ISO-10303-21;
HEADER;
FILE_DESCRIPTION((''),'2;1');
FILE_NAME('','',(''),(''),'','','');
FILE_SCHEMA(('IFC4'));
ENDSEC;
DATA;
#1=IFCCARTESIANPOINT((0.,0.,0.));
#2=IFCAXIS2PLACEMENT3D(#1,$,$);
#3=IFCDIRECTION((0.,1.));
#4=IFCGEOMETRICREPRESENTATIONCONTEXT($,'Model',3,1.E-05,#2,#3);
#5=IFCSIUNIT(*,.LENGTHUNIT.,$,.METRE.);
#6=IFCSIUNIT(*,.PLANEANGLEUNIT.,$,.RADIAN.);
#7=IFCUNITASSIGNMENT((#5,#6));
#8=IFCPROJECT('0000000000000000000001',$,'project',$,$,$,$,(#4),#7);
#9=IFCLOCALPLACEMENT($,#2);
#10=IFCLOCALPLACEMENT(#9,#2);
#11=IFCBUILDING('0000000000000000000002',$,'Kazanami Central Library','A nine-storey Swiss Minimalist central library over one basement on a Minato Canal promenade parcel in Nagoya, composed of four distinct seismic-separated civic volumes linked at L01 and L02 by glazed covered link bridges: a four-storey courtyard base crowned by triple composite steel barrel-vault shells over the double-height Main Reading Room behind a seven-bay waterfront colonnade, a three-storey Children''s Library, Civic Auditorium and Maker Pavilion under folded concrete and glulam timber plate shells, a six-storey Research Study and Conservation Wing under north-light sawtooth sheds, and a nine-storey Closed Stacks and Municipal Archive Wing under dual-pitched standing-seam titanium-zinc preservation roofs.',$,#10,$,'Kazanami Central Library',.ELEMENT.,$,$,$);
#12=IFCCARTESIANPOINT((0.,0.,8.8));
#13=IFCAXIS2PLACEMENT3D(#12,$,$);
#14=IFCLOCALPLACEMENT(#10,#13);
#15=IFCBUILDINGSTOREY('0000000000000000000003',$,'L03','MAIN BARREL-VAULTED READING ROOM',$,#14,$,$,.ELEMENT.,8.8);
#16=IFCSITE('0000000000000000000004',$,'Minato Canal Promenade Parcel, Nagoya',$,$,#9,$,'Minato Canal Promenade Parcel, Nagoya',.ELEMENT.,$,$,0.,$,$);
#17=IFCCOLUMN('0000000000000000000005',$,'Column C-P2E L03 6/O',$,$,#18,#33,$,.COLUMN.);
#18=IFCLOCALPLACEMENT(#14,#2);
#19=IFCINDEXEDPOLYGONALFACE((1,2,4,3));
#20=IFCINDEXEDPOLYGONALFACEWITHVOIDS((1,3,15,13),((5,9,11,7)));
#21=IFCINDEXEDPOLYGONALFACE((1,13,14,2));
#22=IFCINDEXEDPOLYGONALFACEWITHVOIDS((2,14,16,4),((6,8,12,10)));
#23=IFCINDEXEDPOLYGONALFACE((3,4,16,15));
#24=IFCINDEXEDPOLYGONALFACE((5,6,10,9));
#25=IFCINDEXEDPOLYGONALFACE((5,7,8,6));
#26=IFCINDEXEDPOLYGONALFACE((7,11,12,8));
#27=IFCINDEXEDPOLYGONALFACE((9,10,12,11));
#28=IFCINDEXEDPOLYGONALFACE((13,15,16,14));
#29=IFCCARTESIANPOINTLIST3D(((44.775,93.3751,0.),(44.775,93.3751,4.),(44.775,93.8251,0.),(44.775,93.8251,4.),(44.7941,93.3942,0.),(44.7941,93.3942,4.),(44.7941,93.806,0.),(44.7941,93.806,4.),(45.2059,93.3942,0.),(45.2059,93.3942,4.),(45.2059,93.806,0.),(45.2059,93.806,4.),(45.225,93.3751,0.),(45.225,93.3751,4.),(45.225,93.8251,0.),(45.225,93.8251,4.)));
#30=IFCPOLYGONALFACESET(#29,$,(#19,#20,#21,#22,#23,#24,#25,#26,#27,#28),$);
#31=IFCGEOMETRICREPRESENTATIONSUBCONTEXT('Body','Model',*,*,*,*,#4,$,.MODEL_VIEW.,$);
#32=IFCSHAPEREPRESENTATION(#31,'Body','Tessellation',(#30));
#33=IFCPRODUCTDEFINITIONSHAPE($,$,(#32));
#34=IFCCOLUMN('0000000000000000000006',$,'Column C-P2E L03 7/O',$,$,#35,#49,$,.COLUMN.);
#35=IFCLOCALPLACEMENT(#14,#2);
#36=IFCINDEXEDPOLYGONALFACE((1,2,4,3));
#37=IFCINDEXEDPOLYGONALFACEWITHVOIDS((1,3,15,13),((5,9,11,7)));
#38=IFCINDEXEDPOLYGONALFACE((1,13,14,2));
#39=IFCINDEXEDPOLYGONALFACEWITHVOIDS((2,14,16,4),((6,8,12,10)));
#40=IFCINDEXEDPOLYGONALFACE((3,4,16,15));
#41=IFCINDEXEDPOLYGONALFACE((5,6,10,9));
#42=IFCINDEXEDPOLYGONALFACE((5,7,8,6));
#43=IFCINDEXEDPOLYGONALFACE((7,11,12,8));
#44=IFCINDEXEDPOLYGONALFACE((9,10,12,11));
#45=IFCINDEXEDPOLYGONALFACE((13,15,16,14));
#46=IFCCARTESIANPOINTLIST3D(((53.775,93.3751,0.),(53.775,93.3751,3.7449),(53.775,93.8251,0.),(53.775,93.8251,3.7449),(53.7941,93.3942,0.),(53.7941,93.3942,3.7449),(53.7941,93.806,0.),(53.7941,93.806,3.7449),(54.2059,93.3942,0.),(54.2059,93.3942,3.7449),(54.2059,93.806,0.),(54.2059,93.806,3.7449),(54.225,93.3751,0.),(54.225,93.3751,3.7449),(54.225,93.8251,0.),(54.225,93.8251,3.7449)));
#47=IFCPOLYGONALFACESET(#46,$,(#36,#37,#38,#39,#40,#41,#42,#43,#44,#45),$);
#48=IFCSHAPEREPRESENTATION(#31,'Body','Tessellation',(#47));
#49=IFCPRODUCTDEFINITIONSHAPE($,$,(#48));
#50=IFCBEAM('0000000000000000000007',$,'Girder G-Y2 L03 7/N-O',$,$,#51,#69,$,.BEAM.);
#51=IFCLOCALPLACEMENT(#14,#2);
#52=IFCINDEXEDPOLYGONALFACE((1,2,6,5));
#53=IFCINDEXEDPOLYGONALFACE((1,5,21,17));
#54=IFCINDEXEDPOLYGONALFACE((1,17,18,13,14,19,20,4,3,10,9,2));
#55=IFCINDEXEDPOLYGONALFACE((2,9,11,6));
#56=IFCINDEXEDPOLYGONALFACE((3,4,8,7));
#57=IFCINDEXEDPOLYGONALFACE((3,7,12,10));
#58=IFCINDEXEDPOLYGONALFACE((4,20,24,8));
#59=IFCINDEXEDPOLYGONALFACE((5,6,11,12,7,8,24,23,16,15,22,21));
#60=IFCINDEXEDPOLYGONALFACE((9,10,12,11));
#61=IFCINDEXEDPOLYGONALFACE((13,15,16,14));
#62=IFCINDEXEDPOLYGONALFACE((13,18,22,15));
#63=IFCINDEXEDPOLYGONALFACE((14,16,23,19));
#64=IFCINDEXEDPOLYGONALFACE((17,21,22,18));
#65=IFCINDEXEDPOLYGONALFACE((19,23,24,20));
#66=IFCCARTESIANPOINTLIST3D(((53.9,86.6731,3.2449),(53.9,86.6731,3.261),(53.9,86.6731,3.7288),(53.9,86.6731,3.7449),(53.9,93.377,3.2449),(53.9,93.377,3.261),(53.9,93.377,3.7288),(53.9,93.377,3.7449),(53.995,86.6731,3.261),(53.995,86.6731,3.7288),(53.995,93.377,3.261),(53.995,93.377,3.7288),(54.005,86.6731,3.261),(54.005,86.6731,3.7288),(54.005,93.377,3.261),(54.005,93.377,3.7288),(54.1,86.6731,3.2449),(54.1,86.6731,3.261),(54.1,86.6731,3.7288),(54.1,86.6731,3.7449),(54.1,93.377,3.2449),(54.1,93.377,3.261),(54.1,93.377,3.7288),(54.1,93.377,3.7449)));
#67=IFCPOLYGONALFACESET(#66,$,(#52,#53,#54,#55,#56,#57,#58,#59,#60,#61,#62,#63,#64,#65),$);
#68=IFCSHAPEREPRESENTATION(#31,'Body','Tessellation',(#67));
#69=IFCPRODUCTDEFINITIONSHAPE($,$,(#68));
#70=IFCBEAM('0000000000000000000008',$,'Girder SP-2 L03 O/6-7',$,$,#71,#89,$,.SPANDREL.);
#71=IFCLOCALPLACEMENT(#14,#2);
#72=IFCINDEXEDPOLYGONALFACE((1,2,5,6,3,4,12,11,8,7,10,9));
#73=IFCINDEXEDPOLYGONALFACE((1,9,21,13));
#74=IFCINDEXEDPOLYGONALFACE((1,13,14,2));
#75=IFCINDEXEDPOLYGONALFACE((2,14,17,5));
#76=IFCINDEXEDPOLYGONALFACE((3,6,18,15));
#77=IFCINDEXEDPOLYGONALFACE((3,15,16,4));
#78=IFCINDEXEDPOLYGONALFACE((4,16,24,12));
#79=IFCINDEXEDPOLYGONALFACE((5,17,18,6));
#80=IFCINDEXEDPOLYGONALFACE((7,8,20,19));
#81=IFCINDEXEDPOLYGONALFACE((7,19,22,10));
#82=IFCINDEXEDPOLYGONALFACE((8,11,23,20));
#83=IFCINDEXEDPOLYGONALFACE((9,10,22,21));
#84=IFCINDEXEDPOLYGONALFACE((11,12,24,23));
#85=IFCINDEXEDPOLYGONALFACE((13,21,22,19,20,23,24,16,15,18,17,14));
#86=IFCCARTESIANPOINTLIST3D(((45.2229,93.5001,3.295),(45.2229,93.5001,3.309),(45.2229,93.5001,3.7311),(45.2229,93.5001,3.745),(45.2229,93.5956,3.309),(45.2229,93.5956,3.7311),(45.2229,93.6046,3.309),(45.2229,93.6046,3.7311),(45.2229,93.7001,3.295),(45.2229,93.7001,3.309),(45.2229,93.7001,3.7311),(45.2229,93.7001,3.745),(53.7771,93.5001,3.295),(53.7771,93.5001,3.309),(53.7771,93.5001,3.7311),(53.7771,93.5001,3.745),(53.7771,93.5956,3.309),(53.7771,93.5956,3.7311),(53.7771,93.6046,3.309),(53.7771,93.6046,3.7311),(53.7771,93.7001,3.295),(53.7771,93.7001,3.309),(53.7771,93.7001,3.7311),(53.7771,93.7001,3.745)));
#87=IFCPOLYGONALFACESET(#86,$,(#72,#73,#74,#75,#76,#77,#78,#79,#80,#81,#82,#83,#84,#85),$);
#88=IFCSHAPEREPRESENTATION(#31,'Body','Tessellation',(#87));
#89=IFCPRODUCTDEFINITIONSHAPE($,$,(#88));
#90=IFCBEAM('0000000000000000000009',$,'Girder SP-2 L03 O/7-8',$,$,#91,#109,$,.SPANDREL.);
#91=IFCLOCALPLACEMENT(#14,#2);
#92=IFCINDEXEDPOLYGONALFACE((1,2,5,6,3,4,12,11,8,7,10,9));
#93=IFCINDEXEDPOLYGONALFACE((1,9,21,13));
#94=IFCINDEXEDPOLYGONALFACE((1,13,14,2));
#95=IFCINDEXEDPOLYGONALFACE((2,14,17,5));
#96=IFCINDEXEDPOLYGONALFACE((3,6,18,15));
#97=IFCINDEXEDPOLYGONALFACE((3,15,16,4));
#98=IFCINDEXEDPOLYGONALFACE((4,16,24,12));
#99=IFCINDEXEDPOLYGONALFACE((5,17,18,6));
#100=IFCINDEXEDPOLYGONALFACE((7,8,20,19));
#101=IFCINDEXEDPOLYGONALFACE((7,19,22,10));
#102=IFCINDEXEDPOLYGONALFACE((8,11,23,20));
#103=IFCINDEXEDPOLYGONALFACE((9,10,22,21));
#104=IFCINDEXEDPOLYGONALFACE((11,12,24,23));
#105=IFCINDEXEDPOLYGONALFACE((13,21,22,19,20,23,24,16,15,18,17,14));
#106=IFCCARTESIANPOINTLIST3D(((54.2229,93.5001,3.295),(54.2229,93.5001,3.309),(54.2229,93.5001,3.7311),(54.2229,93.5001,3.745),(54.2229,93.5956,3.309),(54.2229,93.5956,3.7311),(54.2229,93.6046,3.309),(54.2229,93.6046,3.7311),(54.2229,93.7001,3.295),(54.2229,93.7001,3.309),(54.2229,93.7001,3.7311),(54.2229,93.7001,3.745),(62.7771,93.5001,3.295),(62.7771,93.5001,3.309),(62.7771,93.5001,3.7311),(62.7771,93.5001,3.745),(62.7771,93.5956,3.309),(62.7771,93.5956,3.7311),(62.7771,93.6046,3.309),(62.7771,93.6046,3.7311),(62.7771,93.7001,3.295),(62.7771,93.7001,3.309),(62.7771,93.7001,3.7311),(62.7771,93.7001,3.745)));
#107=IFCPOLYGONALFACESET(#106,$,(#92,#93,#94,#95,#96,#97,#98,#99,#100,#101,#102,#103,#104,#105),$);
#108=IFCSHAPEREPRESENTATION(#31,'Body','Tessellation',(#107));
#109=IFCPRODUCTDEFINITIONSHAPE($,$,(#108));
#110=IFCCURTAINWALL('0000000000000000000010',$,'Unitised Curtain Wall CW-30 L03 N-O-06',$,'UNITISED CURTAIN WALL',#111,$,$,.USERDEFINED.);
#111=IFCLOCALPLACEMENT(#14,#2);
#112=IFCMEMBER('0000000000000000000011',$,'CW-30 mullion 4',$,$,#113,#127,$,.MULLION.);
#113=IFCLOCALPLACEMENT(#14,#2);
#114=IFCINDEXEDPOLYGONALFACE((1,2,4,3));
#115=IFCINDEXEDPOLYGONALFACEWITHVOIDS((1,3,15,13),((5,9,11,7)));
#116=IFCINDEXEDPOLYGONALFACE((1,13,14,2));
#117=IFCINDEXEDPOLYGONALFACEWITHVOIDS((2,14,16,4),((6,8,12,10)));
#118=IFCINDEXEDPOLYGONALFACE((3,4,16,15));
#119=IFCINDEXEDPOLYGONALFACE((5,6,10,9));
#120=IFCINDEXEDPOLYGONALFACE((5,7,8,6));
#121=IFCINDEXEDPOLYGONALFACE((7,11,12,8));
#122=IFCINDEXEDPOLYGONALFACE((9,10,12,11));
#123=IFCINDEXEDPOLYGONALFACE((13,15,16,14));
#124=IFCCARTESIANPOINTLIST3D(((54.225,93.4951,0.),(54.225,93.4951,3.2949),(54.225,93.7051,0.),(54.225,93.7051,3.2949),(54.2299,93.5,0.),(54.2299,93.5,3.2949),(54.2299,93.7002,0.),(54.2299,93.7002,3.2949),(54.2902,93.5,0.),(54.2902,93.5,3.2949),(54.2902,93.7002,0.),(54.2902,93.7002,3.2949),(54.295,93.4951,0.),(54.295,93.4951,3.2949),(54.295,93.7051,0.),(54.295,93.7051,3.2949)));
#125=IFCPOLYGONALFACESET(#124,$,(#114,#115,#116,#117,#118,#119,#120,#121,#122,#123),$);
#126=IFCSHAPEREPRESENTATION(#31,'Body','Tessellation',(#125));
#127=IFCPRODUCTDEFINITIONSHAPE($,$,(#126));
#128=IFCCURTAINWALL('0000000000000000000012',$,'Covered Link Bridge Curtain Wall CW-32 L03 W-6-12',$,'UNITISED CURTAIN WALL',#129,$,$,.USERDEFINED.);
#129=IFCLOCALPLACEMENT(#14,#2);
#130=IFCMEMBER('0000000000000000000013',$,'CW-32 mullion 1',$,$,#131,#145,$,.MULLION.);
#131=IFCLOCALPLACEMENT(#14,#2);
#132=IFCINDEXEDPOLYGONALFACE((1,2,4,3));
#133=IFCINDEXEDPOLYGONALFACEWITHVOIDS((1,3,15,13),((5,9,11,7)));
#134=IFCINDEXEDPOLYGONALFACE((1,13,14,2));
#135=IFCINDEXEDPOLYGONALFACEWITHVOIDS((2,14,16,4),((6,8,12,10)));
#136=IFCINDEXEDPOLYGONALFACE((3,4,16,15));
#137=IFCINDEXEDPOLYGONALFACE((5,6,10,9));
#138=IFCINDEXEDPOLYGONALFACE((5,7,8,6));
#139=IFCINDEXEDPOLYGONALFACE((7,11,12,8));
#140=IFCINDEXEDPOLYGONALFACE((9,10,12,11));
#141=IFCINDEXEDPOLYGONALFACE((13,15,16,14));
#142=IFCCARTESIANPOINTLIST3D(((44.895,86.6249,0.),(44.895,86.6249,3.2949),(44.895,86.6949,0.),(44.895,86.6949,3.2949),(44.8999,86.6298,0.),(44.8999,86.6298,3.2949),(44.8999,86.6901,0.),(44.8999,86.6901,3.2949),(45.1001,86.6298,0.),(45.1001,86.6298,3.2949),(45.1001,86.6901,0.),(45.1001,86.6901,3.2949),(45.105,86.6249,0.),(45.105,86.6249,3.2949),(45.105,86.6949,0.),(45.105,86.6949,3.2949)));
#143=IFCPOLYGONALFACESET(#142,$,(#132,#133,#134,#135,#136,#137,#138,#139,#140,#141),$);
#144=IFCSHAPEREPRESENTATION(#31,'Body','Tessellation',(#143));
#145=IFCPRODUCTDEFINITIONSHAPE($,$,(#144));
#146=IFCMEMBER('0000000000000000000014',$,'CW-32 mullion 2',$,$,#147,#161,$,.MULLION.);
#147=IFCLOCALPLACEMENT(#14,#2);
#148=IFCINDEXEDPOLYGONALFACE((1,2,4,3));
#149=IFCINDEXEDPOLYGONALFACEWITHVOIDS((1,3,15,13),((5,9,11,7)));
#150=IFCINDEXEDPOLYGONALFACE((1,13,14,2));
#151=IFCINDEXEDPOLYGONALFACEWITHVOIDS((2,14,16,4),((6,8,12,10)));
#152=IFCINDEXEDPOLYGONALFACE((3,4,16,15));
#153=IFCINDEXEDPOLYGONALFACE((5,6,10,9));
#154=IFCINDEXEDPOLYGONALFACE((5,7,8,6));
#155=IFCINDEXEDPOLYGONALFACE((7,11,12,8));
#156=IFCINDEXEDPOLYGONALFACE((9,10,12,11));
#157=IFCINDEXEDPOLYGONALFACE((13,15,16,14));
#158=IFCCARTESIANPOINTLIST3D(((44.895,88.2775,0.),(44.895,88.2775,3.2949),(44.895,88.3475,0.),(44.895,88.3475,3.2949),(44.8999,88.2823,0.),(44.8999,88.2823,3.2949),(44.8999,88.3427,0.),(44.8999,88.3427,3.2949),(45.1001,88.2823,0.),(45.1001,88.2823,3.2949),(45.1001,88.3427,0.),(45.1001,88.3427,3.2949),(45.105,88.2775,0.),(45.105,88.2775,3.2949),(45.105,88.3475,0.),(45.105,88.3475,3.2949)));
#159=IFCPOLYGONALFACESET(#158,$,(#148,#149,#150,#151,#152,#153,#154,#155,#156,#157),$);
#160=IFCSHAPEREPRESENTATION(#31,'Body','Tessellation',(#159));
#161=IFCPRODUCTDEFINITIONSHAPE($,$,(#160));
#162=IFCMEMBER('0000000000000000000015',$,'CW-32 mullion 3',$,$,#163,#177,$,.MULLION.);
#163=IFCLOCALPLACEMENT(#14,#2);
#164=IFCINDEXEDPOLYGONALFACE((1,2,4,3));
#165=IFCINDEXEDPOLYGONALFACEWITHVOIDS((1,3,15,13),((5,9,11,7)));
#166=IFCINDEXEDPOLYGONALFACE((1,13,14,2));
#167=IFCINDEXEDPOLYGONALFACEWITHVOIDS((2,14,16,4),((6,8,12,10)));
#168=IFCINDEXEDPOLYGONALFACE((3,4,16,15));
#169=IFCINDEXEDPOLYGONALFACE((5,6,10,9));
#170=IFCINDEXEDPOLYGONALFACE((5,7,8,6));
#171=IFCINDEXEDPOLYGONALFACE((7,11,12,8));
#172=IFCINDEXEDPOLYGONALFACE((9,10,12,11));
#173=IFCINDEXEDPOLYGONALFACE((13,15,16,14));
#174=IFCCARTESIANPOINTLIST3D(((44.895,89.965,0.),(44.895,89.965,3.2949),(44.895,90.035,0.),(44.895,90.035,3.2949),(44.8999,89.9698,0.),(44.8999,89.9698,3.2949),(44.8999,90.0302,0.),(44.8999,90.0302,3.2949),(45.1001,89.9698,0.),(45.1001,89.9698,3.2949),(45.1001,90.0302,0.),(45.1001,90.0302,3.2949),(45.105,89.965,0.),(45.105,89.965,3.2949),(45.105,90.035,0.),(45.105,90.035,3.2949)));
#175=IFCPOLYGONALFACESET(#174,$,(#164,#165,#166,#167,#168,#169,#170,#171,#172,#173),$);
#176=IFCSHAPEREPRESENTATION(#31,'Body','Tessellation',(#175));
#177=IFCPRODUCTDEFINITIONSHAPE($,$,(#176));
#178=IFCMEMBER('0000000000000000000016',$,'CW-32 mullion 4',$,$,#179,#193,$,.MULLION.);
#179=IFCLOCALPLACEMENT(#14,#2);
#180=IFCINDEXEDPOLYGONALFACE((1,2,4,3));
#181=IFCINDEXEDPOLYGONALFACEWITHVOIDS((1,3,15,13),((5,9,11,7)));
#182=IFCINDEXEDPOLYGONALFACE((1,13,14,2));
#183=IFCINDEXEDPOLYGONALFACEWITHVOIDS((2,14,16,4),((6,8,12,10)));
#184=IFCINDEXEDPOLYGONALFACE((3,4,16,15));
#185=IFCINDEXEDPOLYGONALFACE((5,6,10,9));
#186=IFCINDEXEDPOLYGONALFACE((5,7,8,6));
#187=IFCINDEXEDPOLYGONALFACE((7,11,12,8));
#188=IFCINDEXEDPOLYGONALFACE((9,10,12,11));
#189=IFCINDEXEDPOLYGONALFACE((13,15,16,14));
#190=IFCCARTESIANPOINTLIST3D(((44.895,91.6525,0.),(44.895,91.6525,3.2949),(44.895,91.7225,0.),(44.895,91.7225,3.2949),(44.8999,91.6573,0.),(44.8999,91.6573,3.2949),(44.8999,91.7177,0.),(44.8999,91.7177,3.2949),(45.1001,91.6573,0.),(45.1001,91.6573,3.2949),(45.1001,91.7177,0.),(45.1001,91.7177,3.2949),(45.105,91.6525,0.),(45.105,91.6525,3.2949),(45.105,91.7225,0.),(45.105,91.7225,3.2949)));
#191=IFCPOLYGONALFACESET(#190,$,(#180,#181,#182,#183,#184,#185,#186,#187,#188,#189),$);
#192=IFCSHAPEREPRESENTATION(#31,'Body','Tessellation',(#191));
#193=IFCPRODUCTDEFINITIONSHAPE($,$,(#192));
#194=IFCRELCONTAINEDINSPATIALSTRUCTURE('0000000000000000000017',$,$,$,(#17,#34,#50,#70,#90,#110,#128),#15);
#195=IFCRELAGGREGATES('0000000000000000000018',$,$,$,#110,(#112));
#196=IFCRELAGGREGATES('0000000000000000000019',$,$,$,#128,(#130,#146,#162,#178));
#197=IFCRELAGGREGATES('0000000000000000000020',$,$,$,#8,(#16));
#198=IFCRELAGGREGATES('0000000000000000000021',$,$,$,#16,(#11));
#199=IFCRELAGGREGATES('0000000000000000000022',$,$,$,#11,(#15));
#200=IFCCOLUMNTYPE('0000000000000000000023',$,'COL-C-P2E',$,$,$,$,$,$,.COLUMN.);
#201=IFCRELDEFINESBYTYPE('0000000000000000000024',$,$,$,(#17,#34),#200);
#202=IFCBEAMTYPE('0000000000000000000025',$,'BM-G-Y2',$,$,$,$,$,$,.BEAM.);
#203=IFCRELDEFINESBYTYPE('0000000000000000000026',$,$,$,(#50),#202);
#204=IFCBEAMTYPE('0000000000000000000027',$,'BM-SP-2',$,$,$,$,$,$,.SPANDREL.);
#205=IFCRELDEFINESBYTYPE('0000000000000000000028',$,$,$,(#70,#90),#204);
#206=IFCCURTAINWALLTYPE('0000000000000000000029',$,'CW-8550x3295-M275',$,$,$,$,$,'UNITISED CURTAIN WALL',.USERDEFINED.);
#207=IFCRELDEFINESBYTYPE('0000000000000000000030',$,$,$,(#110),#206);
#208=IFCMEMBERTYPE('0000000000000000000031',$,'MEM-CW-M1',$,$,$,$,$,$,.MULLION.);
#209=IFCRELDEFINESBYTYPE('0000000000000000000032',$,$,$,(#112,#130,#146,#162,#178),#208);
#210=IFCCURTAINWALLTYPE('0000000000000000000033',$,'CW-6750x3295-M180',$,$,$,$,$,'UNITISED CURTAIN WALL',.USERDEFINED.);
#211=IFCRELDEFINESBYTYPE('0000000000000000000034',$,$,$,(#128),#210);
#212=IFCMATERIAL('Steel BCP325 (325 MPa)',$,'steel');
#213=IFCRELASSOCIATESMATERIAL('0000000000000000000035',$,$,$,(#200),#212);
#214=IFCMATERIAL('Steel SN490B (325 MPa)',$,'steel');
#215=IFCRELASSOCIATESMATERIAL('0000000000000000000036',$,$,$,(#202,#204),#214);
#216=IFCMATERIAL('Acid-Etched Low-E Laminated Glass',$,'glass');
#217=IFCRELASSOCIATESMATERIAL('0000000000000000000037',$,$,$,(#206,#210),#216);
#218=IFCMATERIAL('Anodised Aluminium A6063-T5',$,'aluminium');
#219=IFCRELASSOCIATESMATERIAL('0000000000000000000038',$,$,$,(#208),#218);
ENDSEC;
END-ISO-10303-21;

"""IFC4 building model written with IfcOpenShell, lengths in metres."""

from ifc_helpers import new_model, si_unit, direction, frame, origin, origin_2d, place, context, subcontext, project, spatial, hollow_rectangle, i_section, extrude, material, material_profile, profile_set, type_object, element, aggregate, save


model = new_model("IFC4")

# Units and contexts
model_context = context("Model", 3, precision=1e-05, world=origin(), true_north=direction((0.0, 1.0)))
body_context = subcontext(model_context, "Body", "Model", "MODEL_VIEW")
ifc_project = project(units=[si_unit("LENGTHUNIT", "METRE"), si_unit("PLANEANGLEUNIT", "RADIAN")], contexts=[model_context])

# Site, building, storey
site_placement = place(None, origin())
site = spatial("IfcSite", under=ifc_project, at=site_placement, Name="Minato Canal Promenade Parcel, Nagoya", LongName="Minato Canal Promenade Parcel, Nagoya", CompositionType="ELEMENT", RefElevation=0.0)
building_placement = place(site_placement, origin())
building = spatial("IfcBuilding", under=site, at=building_placement, Name="Kazanami Central Library", Description="A nine-storey Swiss Minimalist central library over one basement on a Minato Canal promenade parcel in Nagoya, composed of four distinct seismic-separated civic volumes linked at L01 and L02 by glazed covered link bridges: a four-storey courtyard base crowned by triple composite steel barrel-vault shells over the double-height Main Reading Room behind a seven-bay waterfront colonnade, a three-storey Children's Library, Civic Auditorium and Maker Pavilion under folded concrete and glulam timber plate shells, a six-storey Research Study and Conservation Wing under north-light sawtooth sheds, and a nine-storey Closed Stacks and Municipal Archive Wing under dual-pitched standing-seam titanium-zinc preservation roofs.", LongName="Kazanami Central Library", CompositionType="ELEMENT")
storey_placement = place(building_placement, frame((0.0, 0.0, 8.8)))
storey = spatial("IfcBuildingStorey", under=building, at=storey_placement, Name="L03", Description="MAIN BARREL-VAULTED READING ROOM", CompositionType="ELEMENT", Elevation=8.8)

# Columns
ifc_material_1 = material(Name="Steel BCP325 (325 MPa)", Category="steel")
ifc_material_profile_1 = material_profile(ifc_material_1, hollow_rectangle(XDim=0.45, YDim=0.45, WallThickness=0.019, at=origin_2d()), Name="BCP-450x450x19")
ifc_profile_set_1 = profile_set([ifc_material_profile_1], Name="Steel BCP325 (325 MPa)")
column_type = type_object("IfcColumnType", Name="COL-C-P2E", PredefinedType="COLUMN", material=ifc_profile_set_1)
column_1_placement = place(storey_placement, frame((45.0, 93.6001, 0.0), z_axis=(0.0, 0.0, 1.0), x_axis=(1.0, 0.0, 0.0)))
element("IfcColumn", 1, at=column_1_placement, inside=storey, type_object=column_type, Name="Column C-P2E L03 6/O", PredefinedType="COLUMN", context=body_context, shape_type="SweptSolid", body=[
    extrude(hollow_rectangle(XDim=0.45, YDim=0.45, WallThickness=0.019, at=origin_2d()), origin(), (0.0, 0.0, 1.0), 4.0),
])
column_2_placement = place(storey_placement, frame((54.0, 93.6001, 0.0), z_axis=(0.0, 0.0, 1.0), x_axis=(1.0, 0.0, 0.0)))
element("IfcColumn", 2, at=column_2_placement, inside=storey, type_object=column_type, Name="Column C-P2E L03 7/O", PredefinedType="COLUMN", context=body_context, shape_type="SweptSolid", body=[
    extrude(hollow_rectangle(XDim=0.45, YDim=0.45, WallThickness=0.019, at=origin_2d()), origin(), (0.0, 0.0, 1.0), 3.7449),
])

# Beams
ifc_material_2 = material(Name="Steel SN490B (325 MPa)", Category="steel")
ifc_material_profile_2 = material_profile(ifc_material_2, i_section(OverallWidth=0.2, OverallDepth=0.5, WebThickness=0.01, FlangeThickness=0.0161, at=origin_2d()), Name="H-500x200x10x16")
ifc_profile_set_2 = profile_set([ifc_material_profile_2], Name="Steel SN490B (325 MPa)")
beam_type_1 = type_object("IfcBeamType", Name="BM-G-Y2", PredefinedType="BEAM", material=ifc_profile_set_2)
beam_placement = place(storey_placement, frame((54.0, 86.6731, 3.4949), z_axis=(0.0, 1.0, 0.0), x_axis=(-1.0, 0.0, 0.0)))
element("IfcBeam", 3, at=beam_placement, inside=storey, type_object=beam_type_1, Name="Girder G-Y2 L03 7/N-O", PredefinedType="BEAM", context=body_context, shape_type="SweptSolid", body=[
    extrude(i_section(OverallWidth=0.2, OverallDepth=0.5, WebThickness=0.01, FlangeThickness=0.0161, at=origin_2d()), origin(), (0.0, 0.0, 1.0), 6.7039),
])
ifc_material_profile_3 = material_profile(ifc_material_2, i_section(OverallWidth=0.2, OverallDepth=0.45, WebThickness=0.009, FlangeThickness=0.0139, at=origin_2d()), Name="H-450x200x9x14")
ifc_profile_set_3 = profile_set([ifc_material_profile_3], Name="Steel SN490B (325 MPa)")
beam_type_2 = type_object("IfcBeamType", Name="BM-SP-2", PredefinedType="SPANDREL", material=ifc_profile_set_3)
for number, where, z_axis, x_axis, name in (
    (4, (45.2229, 93.6001, 3.52), (1.0, 0.0, 0.0), (0.0, 1.0, 0.0), "Girder SP-2 L03 O/6-7"),
    (5, (54.2229, 93.6001, 3.52), (1.0, 0.0, 0.0), (0.0, 1.0, 0.0), "Girder SP-2 L03 O/7-8"),
):
    element("IfcBeam", number, at=place(storey_placement, frame(where, z_axis=z_axis, x_axis=x_axis)), inside=storey, type_object=beam_type_2, Name=name, PredefinedType="SPANDREL", context=body_context, shape_type="SweptSolid", body=[
        extrude(i_section(OverallWidth=0.2, OverallDepth=0.45, WebThickness=0.009, FlangeThickness=0.0139, at=origin_2d()), origin(), (0.0, 0.0, 1.0), 8.5542),
    ])

# Curtain wall, member
ifc_material_3 = material(Name="Acid-Etched Low-E Laminated Glass", Category="glass")
curtain_wall_type_1 = type_object("IfcCurtainWallType", Name="CW-8550x3295-M275", ElementType="UNITISED CURTAIN WALL", PredefinedType="USERDEFINED", material=ifc_material_3)
curtain_wall_1_placement = place(storey_placement, origin())
curtain_wall_1 = element("IfcCurtainWall", 6, at=curtain_wall_1_placement, inside=storey, type_object=curtain_wall_type_1, Name="Unitised Curtain Wall CW-30 L03 N-O-06", ObjectType="UNITISED CURTAIN WALL", PredefinedType="USERDEFINED")
ifc_material_4 = material(Name="Anodised Aluminium A6063-T5", Category="aluminium")
ifc_material_profile_4 = material_profile(ifc_material_4, hollow_rectangle(XDim=0.0701, YDim=0.21, WallThickness=0.0049, at=origin_2d()), Name="ALU-MULL-70x210x5")
ifc_profile_set_4 = profile_set([ifc_material_profile_4], Name="Anodised Aluminium A6063-T5")
member_type_1 = type_object("IfcMemberType", Name="MEM-CW-M1", PredefinedType="MULLION", material=ifc_profile_set_4)
member_1_placement = place(storey_placement, frame((54.26, 93.6001, 0.0), z_axis=(0.0, 0.0, 1.0), x_axis=(-1.0, 0.0, 0.0)))
member_1 = element("IfcMember", 7, at=member_1_placement, type_object=member_type_1, Name="CW-30 mullion 4", PredefinedType="MULLION", context=body_context, shape_type="SweptSolid", body=[
    extrude(hollow_rectangle(XDim=0.0701, YDim=0.21, WallThickness=0.0049, at=origin_2d()), origin(), (0.0, 0.0, 1.0), 3.2949),
])

# Curtain wall, members
curtain_wall_type_2 = type_object("IfcCurtainWallType", Name="CW-6750x3295-M180", ElementType="UNITISED CURTAIN WALL", PredefinedType="USERDEFINED", material=ifc_material_3)
curtain_wall_2_placement = place(storey_placement, origin())
curtain_wall_2 = element("IfcCurtainWall", 8, at=curtain_wall_2_placement, inside=storey, type_object=curtain_wall_type_2, Name="Covered Link Bridge Curtain Wall CW-32 L03 W-6-12", ObjectType="UNITISED CURTAIN WALL", PredefinedType="USERDEFINED")
member_2_placement = place(storey_placement, frame((45.0, 86.6599, 0.0), z_axis=(0.0, 0.0, 1.0), x_axis=(0.0, 1.0, 0.0)))
member_2 = element("IfcMember", 9, at=member_2_placement, type_object=member_type_1, Name="CW-32 mullion 1", PredefinedType="MULLION", context=body_context, shape_type="SweptSolid", body=[
    extrude(hollow_rectangle(XDim=0.0701, YDim=0.21, WallThickness=0.0049, at=origin_2d()), origin(), (0.0, 0.0, 1.0), 3.2949),
])
member_3_placement = place(storey_placement, frame((45.0, 88.3125, 0.0), z_axis=(0.0, 0.0, 1.0), x_axis=(0.0, 1.0, 0.0)))
member_3 = element("IfcMember", 10, at=member_3_placement, type_object=member_type_1, Name="CW-32 mullion 2", PredefinedType="MULLION", context=body_context, shape_type="SweptSolid", body=[
    extrude(hollow_rectangle(XDim=0.0701, YDim=0.21, WallThickness=0.0049, at=origin_2d()), origin(), (0.0, 0.0, 1.0), 3.2949),
])
member_4_placement = place(storey_placement, frame((45.0, 90.0, 0.0), z_axis=(0.0, 0.0, 1.0), x_axis=(0.0, 1.0, 0.0)))
member_4 = element("IfcMember", 11, at=member_4_placement, type_object=member_type_1, Name="CW-32 mullion 3", PredefinedType="MULLION", context=body_context, shape_type="SweptSolid", body=[
    extrude(hollow_rectangle(XDim=0.0701, YDim=0.21, WallThickness=0.0049, at=origin_2d()), origin(), (0.0, 0.0, 1.0), 3.2949),
])
member_5_placement = place(storey_placement, frame((45.0, 91.6875, 0.0), z_axis=(0.0, 0.0, 1.0), x_axis=(0.0, 1.0, 0.0)))
member_5 = element("IfcMember", 12, at=member_5_placement, type_object=member_type_1, Name="CW-32 mullion 4", PredefinedType="MULLION", context=body_context, shape_type="SweptSolid", body=[
    extrude(hollow_rectangle(XDim=0.0701, YDim=0.21, WallThickness=0.0049, at=origin_2d()), origin(), (0.0, 0.0, 1.0), 3.2949),
])

aggregate(curtain_wall_1, [member_1])
aggregate(curtain_wall_2, [member_2, member_3, member_4, member_5])

save(model, "model.ifc")
